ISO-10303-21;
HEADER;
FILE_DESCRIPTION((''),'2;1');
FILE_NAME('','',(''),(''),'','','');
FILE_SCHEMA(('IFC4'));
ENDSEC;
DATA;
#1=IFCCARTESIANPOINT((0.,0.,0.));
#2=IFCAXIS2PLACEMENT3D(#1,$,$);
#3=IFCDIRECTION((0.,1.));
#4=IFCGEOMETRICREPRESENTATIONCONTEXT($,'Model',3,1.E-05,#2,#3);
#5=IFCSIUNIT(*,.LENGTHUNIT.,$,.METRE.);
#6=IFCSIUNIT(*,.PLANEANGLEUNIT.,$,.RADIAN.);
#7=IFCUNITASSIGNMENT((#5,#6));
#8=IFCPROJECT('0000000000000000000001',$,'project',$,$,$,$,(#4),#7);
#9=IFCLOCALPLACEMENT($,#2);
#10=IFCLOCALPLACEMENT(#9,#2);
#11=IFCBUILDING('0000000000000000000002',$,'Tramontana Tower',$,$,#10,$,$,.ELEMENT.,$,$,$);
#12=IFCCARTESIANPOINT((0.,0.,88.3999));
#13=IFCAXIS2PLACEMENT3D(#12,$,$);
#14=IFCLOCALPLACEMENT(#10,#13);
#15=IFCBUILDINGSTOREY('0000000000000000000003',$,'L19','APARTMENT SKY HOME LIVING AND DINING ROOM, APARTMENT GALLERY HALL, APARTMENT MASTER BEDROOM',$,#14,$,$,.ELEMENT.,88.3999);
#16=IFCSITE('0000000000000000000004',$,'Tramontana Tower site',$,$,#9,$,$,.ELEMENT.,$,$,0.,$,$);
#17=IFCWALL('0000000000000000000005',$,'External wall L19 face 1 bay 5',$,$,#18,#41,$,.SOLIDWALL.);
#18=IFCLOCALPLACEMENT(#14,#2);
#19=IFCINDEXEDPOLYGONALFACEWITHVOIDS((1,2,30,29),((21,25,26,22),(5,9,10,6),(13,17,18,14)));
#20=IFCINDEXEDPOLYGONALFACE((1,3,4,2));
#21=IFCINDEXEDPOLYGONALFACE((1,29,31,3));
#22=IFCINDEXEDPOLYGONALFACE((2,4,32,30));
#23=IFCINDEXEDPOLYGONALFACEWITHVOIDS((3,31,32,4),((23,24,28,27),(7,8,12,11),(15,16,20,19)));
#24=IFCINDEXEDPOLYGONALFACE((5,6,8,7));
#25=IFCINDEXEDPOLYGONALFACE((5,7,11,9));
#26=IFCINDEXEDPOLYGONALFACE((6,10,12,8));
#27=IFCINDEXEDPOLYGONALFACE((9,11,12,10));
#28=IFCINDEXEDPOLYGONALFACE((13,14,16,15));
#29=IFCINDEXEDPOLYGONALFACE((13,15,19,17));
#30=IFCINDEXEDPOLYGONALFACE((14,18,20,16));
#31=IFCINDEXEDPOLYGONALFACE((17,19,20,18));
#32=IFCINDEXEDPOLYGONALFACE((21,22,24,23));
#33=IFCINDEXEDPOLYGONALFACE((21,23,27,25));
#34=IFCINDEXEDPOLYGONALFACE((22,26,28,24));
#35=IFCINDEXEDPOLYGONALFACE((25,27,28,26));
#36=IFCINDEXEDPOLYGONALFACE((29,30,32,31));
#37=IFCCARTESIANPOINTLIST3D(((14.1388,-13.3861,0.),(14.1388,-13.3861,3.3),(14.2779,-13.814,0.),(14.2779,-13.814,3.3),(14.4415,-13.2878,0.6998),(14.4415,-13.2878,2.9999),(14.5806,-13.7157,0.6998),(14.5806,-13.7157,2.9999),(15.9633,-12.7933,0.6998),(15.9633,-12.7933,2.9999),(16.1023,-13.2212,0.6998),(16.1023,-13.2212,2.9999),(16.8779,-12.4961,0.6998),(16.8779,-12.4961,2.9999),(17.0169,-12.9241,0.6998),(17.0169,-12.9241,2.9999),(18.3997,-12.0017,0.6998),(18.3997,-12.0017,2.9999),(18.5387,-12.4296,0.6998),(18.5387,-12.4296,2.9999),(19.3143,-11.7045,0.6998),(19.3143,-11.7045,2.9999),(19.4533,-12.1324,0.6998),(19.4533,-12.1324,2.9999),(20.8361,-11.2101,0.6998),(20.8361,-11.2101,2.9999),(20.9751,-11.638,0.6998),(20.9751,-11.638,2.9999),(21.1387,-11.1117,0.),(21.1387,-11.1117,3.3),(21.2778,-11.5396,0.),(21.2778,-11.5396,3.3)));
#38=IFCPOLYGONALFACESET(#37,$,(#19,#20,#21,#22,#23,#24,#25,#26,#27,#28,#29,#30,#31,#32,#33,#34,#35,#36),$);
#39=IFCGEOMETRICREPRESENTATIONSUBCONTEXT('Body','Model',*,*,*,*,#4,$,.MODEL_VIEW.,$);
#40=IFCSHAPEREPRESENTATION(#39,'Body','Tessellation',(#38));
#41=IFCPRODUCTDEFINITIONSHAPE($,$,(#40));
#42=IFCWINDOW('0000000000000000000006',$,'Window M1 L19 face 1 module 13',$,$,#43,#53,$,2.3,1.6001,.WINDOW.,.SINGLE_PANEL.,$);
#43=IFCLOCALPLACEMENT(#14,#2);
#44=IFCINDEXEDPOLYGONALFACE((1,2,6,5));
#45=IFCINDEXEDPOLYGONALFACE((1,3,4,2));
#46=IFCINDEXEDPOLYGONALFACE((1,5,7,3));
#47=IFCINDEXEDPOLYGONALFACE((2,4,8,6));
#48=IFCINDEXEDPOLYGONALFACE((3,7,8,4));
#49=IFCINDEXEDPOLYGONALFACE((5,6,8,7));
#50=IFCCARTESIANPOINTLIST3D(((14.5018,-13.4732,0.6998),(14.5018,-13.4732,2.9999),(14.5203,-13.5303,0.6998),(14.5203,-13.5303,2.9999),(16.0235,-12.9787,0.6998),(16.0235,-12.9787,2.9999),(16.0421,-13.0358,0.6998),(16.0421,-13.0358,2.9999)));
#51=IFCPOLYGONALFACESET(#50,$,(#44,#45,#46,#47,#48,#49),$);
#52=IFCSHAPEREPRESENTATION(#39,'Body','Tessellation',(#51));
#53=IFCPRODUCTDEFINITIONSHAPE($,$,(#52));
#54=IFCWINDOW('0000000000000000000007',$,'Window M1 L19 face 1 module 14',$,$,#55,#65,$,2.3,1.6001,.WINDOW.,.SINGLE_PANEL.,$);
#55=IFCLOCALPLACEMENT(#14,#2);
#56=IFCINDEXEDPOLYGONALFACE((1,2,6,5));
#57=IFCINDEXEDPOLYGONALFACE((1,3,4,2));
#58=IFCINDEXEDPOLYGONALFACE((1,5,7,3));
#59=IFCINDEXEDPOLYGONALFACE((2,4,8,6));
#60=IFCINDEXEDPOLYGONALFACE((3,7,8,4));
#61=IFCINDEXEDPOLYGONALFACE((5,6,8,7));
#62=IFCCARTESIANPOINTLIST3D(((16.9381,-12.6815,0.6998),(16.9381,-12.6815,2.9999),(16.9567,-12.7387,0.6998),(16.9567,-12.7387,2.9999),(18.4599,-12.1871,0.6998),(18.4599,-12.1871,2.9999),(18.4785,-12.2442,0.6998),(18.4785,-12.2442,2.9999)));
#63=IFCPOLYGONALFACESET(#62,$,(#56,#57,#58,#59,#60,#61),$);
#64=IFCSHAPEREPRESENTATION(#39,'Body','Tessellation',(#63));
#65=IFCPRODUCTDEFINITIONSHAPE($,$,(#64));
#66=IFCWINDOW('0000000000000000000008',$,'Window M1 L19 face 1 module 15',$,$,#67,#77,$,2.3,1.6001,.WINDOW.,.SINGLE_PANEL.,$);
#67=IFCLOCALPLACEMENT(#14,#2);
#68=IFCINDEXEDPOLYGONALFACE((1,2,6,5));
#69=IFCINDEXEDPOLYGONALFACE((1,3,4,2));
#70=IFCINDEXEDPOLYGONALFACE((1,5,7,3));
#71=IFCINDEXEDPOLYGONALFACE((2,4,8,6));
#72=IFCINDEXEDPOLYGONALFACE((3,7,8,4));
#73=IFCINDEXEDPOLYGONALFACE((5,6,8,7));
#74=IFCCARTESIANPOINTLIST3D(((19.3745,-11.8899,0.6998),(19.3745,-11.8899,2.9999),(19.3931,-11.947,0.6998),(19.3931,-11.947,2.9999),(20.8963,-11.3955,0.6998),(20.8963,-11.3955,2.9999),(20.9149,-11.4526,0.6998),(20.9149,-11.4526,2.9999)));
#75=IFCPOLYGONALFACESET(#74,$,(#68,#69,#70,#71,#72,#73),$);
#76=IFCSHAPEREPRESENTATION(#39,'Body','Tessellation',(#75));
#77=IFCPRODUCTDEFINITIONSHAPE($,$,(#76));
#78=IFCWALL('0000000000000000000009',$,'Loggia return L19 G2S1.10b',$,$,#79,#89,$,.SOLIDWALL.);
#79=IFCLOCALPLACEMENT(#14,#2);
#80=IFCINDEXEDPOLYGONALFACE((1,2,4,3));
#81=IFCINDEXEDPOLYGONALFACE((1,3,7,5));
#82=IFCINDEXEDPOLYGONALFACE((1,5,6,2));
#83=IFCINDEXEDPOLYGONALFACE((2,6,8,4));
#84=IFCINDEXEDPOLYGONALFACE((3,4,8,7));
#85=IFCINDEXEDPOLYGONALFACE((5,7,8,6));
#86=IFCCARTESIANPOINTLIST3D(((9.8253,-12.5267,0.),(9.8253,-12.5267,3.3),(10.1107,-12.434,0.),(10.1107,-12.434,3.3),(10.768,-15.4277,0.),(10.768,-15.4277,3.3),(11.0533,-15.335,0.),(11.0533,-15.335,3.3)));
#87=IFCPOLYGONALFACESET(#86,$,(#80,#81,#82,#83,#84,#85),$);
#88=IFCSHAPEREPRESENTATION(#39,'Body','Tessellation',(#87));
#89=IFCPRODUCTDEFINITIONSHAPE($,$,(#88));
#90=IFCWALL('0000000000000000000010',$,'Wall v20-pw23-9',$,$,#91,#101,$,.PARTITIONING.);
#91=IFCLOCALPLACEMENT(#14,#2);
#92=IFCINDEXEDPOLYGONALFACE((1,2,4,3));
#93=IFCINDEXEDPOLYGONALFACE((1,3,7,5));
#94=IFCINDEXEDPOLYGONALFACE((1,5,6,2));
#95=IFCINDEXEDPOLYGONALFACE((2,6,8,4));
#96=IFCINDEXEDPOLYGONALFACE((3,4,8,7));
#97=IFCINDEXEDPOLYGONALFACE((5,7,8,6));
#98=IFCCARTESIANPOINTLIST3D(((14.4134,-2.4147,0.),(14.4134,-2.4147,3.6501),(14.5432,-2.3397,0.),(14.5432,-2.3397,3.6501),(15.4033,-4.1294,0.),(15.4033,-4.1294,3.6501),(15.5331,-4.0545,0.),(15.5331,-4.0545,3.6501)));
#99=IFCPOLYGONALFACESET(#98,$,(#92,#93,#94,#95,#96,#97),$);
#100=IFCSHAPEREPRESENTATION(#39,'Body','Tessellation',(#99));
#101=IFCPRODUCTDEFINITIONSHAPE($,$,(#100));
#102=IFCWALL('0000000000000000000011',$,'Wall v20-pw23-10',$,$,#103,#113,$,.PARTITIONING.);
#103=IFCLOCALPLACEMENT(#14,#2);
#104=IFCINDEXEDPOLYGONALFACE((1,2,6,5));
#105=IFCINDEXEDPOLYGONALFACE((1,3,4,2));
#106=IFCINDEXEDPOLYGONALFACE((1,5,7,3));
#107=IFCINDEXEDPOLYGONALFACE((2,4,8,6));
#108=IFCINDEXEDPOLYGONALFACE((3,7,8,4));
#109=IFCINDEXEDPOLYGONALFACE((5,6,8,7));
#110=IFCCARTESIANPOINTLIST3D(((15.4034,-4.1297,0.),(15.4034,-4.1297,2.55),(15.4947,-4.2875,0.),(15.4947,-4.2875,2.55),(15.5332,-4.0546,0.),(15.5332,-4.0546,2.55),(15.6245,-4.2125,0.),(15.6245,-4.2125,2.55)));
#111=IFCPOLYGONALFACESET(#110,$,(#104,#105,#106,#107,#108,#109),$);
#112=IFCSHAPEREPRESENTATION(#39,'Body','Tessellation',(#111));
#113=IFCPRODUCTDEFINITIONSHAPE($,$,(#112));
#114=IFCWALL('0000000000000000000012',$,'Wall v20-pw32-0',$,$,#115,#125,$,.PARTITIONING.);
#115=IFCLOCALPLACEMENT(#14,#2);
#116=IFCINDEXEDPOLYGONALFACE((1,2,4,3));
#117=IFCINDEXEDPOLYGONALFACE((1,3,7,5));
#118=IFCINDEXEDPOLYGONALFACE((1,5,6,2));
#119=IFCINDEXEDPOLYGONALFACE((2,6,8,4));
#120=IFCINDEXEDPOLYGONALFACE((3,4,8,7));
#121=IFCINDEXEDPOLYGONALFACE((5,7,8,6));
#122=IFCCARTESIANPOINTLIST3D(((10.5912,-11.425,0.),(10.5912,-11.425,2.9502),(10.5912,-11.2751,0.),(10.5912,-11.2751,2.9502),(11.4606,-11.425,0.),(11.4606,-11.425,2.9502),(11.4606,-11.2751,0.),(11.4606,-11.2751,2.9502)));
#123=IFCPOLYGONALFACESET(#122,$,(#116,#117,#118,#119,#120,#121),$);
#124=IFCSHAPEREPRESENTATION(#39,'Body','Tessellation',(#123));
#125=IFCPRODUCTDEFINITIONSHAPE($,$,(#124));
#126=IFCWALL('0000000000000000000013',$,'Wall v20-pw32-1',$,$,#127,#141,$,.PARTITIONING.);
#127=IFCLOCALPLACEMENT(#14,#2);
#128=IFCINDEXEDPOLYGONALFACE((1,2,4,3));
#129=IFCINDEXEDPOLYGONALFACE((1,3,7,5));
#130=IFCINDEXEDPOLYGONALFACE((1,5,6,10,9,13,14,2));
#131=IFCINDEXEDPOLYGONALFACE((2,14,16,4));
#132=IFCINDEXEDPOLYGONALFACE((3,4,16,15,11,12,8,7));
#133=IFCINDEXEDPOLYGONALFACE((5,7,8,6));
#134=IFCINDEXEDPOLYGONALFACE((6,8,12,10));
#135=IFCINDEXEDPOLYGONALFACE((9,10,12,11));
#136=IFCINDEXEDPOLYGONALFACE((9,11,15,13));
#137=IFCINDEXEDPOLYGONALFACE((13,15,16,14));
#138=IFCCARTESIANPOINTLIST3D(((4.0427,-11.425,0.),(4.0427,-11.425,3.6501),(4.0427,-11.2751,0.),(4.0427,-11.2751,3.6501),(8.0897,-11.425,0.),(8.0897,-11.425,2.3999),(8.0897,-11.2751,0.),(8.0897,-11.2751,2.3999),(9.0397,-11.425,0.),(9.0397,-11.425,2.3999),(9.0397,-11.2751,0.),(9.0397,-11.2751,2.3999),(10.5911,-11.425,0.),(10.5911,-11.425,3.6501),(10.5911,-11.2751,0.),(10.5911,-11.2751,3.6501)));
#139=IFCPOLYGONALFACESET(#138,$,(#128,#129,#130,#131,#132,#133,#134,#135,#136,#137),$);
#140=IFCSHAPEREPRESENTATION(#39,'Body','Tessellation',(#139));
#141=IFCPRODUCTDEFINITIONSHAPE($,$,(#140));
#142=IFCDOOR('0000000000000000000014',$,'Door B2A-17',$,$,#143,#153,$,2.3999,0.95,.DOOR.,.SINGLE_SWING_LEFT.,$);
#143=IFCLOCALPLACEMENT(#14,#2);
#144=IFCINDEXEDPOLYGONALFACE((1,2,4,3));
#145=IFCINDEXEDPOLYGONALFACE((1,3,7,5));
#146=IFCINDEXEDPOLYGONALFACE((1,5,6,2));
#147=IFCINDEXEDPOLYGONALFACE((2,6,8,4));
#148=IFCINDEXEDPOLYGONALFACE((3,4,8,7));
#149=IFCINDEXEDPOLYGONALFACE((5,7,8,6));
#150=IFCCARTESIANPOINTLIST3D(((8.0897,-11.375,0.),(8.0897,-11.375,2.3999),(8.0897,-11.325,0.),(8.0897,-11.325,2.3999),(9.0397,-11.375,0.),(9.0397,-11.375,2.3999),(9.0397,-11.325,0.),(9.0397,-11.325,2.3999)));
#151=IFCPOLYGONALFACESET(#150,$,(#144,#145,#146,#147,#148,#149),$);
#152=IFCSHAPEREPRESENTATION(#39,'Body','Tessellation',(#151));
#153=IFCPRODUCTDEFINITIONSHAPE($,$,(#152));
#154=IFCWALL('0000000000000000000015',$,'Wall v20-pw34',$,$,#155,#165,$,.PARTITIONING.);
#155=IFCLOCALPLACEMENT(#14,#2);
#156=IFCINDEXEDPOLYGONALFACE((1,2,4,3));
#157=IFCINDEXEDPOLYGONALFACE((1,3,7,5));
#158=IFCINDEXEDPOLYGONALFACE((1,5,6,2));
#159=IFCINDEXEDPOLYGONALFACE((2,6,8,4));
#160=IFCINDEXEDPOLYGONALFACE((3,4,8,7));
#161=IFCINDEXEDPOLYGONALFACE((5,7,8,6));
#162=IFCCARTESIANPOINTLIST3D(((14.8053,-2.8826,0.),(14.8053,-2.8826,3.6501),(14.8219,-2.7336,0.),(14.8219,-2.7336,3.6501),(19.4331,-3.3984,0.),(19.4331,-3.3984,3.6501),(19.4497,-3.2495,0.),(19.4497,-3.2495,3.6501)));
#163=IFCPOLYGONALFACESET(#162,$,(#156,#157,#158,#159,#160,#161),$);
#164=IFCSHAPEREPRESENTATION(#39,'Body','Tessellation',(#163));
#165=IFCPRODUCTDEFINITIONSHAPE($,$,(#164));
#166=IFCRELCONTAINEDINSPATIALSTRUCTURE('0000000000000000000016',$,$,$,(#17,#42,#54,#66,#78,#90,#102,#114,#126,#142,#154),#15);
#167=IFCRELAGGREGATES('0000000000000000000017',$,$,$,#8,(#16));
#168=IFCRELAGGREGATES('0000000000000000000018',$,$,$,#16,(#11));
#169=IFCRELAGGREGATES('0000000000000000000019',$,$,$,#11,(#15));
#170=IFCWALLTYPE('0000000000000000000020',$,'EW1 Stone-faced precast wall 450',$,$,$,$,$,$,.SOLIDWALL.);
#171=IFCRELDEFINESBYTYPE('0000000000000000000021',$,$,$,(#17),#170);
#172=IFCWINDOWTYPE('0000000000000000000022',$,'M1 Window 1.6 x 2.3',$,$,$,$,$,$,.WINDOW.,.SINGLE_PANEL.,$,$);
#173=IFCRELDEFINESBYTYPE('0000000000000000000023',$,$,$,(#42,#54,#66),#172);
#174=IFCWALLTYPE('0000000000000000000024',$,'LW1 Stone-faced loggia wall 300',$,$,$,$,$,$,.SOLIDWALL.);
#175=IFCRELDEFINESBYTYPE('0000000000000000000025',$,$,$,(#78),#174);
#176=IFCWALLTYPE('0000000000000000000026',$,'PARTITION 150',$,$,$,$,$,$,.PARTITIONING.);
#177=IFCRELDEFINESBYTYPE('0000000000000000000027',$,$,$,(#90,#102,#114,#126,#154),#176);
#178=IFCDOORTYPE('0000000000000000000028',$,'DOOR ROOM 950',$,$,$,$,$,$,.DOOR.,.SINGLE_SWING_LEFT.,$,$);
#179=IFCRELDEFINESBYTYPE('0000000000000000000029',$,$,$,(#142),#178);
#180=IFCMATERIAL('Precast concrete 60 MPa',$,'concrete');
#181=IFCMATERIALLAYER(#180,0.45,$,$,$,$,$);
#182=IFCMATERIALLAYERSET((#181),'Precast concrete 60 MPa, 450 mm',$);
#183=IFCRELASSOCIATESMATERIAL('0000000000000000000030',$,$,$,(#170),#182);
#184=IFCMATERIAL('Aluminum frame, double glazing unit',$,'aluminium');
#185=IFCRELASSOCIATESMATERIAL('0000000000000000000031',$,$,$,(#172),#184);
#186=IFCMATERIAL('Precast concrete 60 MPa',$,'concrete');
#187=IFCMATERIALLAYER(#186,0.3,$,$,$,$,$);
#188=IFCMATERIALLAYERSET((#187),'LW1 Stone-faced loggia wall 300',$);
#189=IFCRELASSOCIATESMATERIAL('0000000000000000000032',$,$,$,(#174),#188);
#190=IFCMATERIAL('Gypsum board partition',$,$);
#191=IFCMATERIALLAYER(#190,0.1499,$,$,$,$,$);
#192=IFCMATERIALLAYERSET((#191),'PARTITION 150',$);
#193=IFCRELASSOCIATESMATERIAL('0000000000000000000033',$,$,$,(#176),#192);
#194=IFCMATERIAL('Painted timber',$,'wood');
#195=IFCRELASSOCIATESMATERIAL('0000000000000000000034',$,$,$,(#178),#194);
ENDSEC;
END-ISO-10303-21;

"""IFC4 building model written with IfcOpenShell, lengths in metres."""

from ifc_helpers import new_model, si_unit, direction, frame, frame_2d, origin, place, context, subcontext, project, spatial, rectangle, extrude, material, layer, layer_set, type_object, element, fill, save


model = new_model("IFC4")

# Units and contexts
model_context = context("Model", 3, precision=1e-05, world=origin(), true_north=direction((0.0, 1.0)))
body_context = subcontext(model_context, "Body", "Model", "MODEL_VIEW")
ifc_project = project(units=[si_unit("LENGTHUNIT", "METRE"), si_unit("PLANEANGLEUNIT", "RADIAN")], contexts=[model_context])

# Site, building, storey
site_placement = place(None, origin())
site = spatial("IfcSite", under=ifc_project, at=site_placement, Name="Tramontana Tower site", CompositionType="ELEMENT", RefElevation=0.0)
building_placement = place(site_placement, origin())
building = spatial("IfcBuilding", under=site, at=building_placement, Name="Tramontana Tower", CompositionType="ELEMENT")
storey_placement = place(building_placement, frame((0.0, 0.0, 88.3999)))
storey = spatial("IfcBuildingStorey", under=building, at=storey_placement, Name="L19", Description="APARTMENT SKY HOME LIVING AND DINING ROOM, APARTMENT GALLERY HALL, APARTMENT MASTER BEDROOM", CompositionType="ELEMENT", Elevation=88.3999)

# Shared definitions
ifc_material_1 = material(Name="Precast concrete 60 MPa", Category="concrete")
ifc_layer_1 = layer(ifc_material_1, 0.45)
ifc_layer_set_1 = layer_set([ifc_layer_1], Name="Precast concrete 60 MPa, 450 mm")
wall_type_1 = type_object("IfcWallType", Name="EW1 Stone-faced precast wall 450", PredefinedType="SOLIDWALL", material=ifc_layer_set_1)
ifc_material_2 = material(Name="Aluminum frame, double glazing unit", Category="aluminium")
window_type = type_object("IfcWindowType", Name="M1 Window 1.6 x 2.3", PartitioningType="SINGLE_PANEL", PredefinedType="WINDOW", material=ifc_material_2)

# Wall, openings, windows
wall_1_placement = place(storey_placement, frame((14.2083, -13.6001, 0.0), z_axis=(0.0, 0.0, 1.0), x_axis=(0.951057, 0.309014, 0.0)))
wall_1 = element("IfcWall", 1, at=wall_1_placement, inside=storey, type_object=wall_type_1, Name="External wall L19 face 1 bay 5", PredefinedType="SOLIDWALL", context=body_context, shape_type="SweptSolid", body=[
    extrude(rectangle(XDim=7.3601, YDim=0.45, at=frame_2d((3.6802, 0.0))), origin(), (0.0, 0.0, 1.0), 3.3),
])
opening_1_placement = place(wall_1_placement, frame((0.3184, 0.0, 0.7)))
opening_1 = element("IfcOpeningElement", 2, at=opening_1_placement, cuts=wall_1, PredefinedType="OPENING", context=body_context, shape_type="SweptSolid", body=[
    extrude(rectangle(XDim=1.6001, YDim=2.3, at=frame_2d((0.8, 1.1499))), frame((0.0, 0.2349, 0.0), z_axis=(0.0, -1.0, 0.0), x_axis=(1.0, 0.0, 0.0)), (0.0, 0.0, 1.0), 0.47),
])
opening_2_placement = place(wall_1_placement, frame((2.8801, 0.0, 0.7)))
opening_2 = element("IfcOpeningElement", 3, at=opening_2_placement, cuts=wall_1, PredefinedType="OPENING", context=body_context, shape_type="SweptSolid", body=[
    extrude(rectangle(XDim=1.6001, YDim=2.3, at=frame_2d((0.8, 1.1499))), frame((0.0, 0.2349, 0.0), z_axis=(0.0, -1.0, 0.0), x_axis=(1.0, 0.0, 0.0)), (0.0, 0.0, 1.0), 0.47),
])
opening_3_placement = place(wall_1_placement, frame((5.4419, 0.0, 0.7)))
opening_3 = element("IfcOpeningElement", 4, at=opening_3_placement, cuts=wall_1, PredefinedType="OPENING", context=body_context, shape_type="SweptSolid", body=[
    extrude(rectangle(XDim=1.6001, YDim=2.3, at=frame_2d((0.8, 1.1499))), frame((0.0, 0.2349, 0.0), z_axis=(0.0, -1.0, 0.0), x_axis=(1.0, 0.0, 0.0)), (0.0, 0.0, 1.0), 0.47),
])
window_1_placement = place(opening_1_placement, origin())
window_1 = element("IfcWindow", 5, at=window_1_placement, inside=storey, type_object=window_type, Name="Window M1 L19 face 1 module 13", OverallHeight=2.3, OverallWidth=1.6001, PartitioningType="SINGLE_PANEL", PredefinedType="WINDOW", context=body_context, shape_type="SweptSolid", body=[
    extrude(rectangle(XDim=1.6001, YDim=2.3, at=frame_2d((0.8, 1.1499))), frame((0.0, 0.03, 0.0), z_axis=(0.0, -1.0, 0.0), x_axis=(1.0, 0.0, 0.0)), (0.0, 0.0, 1.0), 0.0601),
])
fill(opening_1, window_1)
window_2_placement = place(opening_2_placement, origin())
window_2 = element("IfcWindow", 6, at=window_2_placement, inside=storey, type_object=window_type, Name="Window M1 L19 face 1 module 14", OverallHeight=2.3, OverallWidth=1.6001, PartitioningType="SINGLE_PANEL", PredefinedType="WINDOW", context=body_context, shape_type="SweptSolid", body=[
    extrude(rectangle(XDim=1.6001, YDim=2.3, at=frame_2d((0.8, 1.1499))), frame((0.0, 0.03, 0.0), z_axis=(0.0, -1.0, 0.0), x_axis=(1.0, 0.0, 0.0)), (0.0, 0.0, 1.0), 0.0601),
])
fill(opening_2, window_2)
window_3_placement = place(opening_3_placement, origin())
window_3 = element("IfcWindow", 7, at=window_3_placement, inside=storey, type_object=window_type, Name="Window M1 L19 face 1 module 15", OverallHeight=2.3, OverallWidth=1.6001, PartitioningType="SINGLE_PANEL", PredefinedType="WINDOW", context=body_context, shape_type="SweptSolid", body=[
    extrude(rectangle(XDim=1.6001, YDim=2.3, at=frame_2d((0.8, 1.1499))), frame((0.0, 0.03, 0.0), z_axis=(0.0, -1.0, 0.0), x_axis=(1.0, 0.0, 0.0)), (0.0, 0.0, 1.0), 0.0601),
])
fill(opening_3, window_3)

# Walls
ifc_material_3 = material(Name="Precast concrete 60 MPa", Category="concrete")
ifc_layer_2 = layer(ifc_material_3, 0.3)
ifc_layer_set_2 = layer_set([ifc_layer_2], Name="LW1 Stone-faced loggia wall 300")
wall_type_2 = type_object("IfcWallType", Name="LW1 Stone-faced loggia wall 300", PredefinedType="SOLIDWALL", material=ifc_layer_set_2)
wall_2_placement = place(storey_placement, frame((10.9106, -15.3813, 0.0), z_axis=(0.0, 0.0, 1.0), x_axis=(-0.309039, 0.951049, 0.0)))
element("IfcWall", 8, at=wall_2_placement, inside=storey, type_object=wall_type_2, Name="Loggia return L19 G2S1.10b", PredefinedType="SOLIDWALL", context=body_context, shape_type="SweptSolid", body=[
    extrude(rectangle(XDim=3.0503, YDim=0.3, at=frame_2d((1.5251, 0.0))), origin(), (0.0, 0.0, 1.0), 3.3),
])
ifc_material_4 = material(Name="Gypsum board partition")
ifc_layer_3 = layer(ifc_material_4, 0.1499)
ifc_layer_set_3 = layer_set([ifc_layer_3], Name="PARTITION 150")
wall_type_3 = type_object("IfcWallType", Name="PARTITION 150", PredefinedType="PARTITIONING", material=ifc_layer_set_3)
wall_3_placement = place(storey_placement, frame((14.4783, -2.3772, 0.0), z_axis=(0.0, 0.0, 1.0), x_axis=(0.499971, -0.866042, 0.0)))
element("IfcWall", 9, at=wall_3_placement, inside=storey, type_object=wall_type_3, Name="Wall v20-pw23-9", PredefinedType="PARTITIONING", context=body_context, shape_type="SweptSolid", body=[
    extrude(rectangle(XDim=1.98, YDim=0.1499, at=frame_2d((0.99, 0.0))), origin(), (0.0, 0.0, 1.0), 3.6501),
])
wall_4_placement = place(storey_placement, frame((15.4683, -4.092, 0.0), z_axis=(0.0, 0.0, 1.0), x_axis=(0.500456, -0.865762, 0.0)))
element("IfcWall", 10, at=wall_4_placement, inside=storey, type_object=wall_type_3, Name="Wall v20-pw23-10", PredefinedType="PARTITIONING", context=body_context, shape_type="SweptSolid", body=[
    extrude(rectangle(XDim=0.1824, YDim=0.1499, at=frame_2d((0.0913, 0.0))), origin(), (0.0, 0.0, 1.0), 2.55),
])
wall_5_placement = place(storey_placement, frame((11.4604, -11.3501, 0.0), z_axis=(0.0, 0.0, 1.0), x_axis=(-1.0, 0.0, 0.0)))
element("IfcWall", 11, at=wall_5_placement, inside=storey, type_object=wall_type_3, Name="Wall v20-pw32-0", PredefinedType="PARTITIONING", context=body_context, shape_type="SweptSolid", body=[
    extrude(rectangle(XDim=0.8694, YDim=0.1499, at=frame_2d((0.4346, 0.0))), origin(), (0.0, 0.0, 1.0), 2.9502),
])

# Wall, opening, door
wall_6_placement = place(storey_placement, frame((10.5911, -11.3501, 0.0), z_axis=(0.0, 0.0, 1.0), x_axis=(-1.0, 0.0, 0.0)))
wall_6 = element("IfcWall", 12, at=wall_6_placement, inside=storey, type_object=wall_type_3, Name="Wall v20-pw32-1", PredefinedType="PARTITIONING", context=body_context, shape_type="SweptSolid", body=[
    extrude(rectangle(XDim=6.5483, YDim=0.1499, at=frame_2d((3.2742, 0.0))), origin(), (0.0, 0.0, 1.0), 3.6501),
])
opening_4_placement = place(wall_6_placement, frame((1.5513, 0.0, 0.0)))
opening_4 = element("IfcOpeningElement", 13, at=opening_4_placement, cuts=wall_6, PredefinedType="OPENING", context=body_context, shape_type="SweptSolid", body=[
    extrude(rectangle(XDim=0.95, YDim=2.3999, at=frame_2d((0.4751, 1.2))), frame((0.0, 0.085, 0.0), z_axis=(0.0, -1.0, 0.0), x_axis=(1.0, 0.0, 0.0)), (0.0, 0.0, 1.0), 0.1699),
])
ifc_material_5 = material(Name="Painted timber", Category="wood")
door_type_1 = type_object("IfcDoorType", Name="DOOR ROOM 950", OperationType="SINGLE_SWING_LEFT", PredefinedType="DOOR", material=ifc_material_5)
door_1_placement = place(opening_4_placement, origin())
door_1 = element("IfcDoor", 14, at=door_1_placement, inside=storey, type_object=door_type_1, Name="Door B2A-17", OperationType="SINGLE_SWING_LEFT", OverallHeight=2.3999, OverallWidth=0.95, PredefinedType="DOOR", context=body_context, shape_type="SweptSolid", body=[
    extrude(rectangle(XDim=0.95, YDim=2.3999, at=frame_2d((0.4751, 1.2))), frame((0.0, 0.0249, 0.0), z_axis=(0.0, -1.0, 0.0), x_axis=(1.0, 0.0, 0.0)), (0.0, 0.0, 1.0), 0.05),
])
fill(opening_4, door_1)

# Wall
wall_7_placement = place(storey_placement, frame((14.8137, -2.8081, 0.0), z_axis=(0.0, 0.0, 1.0), x_axis=(0.993845, -0.110783, 0.0)))
element("IfcWall", 15, at=wall_7_placement, inside=storey, type_object=wall_type_3, Name="Wall v20-pw34", PredefinedType="PARTITIONING", context=body_context, shape_type="SweptSolid", body=[
    extrude(rectangle(XDim=4.6565, YDim=0.1499, at=frame_2d((2.3281, 0.0))), origin(), (0.0, 0.0, 1.0), 3.6501),
])

save(model, "model.ifc")
